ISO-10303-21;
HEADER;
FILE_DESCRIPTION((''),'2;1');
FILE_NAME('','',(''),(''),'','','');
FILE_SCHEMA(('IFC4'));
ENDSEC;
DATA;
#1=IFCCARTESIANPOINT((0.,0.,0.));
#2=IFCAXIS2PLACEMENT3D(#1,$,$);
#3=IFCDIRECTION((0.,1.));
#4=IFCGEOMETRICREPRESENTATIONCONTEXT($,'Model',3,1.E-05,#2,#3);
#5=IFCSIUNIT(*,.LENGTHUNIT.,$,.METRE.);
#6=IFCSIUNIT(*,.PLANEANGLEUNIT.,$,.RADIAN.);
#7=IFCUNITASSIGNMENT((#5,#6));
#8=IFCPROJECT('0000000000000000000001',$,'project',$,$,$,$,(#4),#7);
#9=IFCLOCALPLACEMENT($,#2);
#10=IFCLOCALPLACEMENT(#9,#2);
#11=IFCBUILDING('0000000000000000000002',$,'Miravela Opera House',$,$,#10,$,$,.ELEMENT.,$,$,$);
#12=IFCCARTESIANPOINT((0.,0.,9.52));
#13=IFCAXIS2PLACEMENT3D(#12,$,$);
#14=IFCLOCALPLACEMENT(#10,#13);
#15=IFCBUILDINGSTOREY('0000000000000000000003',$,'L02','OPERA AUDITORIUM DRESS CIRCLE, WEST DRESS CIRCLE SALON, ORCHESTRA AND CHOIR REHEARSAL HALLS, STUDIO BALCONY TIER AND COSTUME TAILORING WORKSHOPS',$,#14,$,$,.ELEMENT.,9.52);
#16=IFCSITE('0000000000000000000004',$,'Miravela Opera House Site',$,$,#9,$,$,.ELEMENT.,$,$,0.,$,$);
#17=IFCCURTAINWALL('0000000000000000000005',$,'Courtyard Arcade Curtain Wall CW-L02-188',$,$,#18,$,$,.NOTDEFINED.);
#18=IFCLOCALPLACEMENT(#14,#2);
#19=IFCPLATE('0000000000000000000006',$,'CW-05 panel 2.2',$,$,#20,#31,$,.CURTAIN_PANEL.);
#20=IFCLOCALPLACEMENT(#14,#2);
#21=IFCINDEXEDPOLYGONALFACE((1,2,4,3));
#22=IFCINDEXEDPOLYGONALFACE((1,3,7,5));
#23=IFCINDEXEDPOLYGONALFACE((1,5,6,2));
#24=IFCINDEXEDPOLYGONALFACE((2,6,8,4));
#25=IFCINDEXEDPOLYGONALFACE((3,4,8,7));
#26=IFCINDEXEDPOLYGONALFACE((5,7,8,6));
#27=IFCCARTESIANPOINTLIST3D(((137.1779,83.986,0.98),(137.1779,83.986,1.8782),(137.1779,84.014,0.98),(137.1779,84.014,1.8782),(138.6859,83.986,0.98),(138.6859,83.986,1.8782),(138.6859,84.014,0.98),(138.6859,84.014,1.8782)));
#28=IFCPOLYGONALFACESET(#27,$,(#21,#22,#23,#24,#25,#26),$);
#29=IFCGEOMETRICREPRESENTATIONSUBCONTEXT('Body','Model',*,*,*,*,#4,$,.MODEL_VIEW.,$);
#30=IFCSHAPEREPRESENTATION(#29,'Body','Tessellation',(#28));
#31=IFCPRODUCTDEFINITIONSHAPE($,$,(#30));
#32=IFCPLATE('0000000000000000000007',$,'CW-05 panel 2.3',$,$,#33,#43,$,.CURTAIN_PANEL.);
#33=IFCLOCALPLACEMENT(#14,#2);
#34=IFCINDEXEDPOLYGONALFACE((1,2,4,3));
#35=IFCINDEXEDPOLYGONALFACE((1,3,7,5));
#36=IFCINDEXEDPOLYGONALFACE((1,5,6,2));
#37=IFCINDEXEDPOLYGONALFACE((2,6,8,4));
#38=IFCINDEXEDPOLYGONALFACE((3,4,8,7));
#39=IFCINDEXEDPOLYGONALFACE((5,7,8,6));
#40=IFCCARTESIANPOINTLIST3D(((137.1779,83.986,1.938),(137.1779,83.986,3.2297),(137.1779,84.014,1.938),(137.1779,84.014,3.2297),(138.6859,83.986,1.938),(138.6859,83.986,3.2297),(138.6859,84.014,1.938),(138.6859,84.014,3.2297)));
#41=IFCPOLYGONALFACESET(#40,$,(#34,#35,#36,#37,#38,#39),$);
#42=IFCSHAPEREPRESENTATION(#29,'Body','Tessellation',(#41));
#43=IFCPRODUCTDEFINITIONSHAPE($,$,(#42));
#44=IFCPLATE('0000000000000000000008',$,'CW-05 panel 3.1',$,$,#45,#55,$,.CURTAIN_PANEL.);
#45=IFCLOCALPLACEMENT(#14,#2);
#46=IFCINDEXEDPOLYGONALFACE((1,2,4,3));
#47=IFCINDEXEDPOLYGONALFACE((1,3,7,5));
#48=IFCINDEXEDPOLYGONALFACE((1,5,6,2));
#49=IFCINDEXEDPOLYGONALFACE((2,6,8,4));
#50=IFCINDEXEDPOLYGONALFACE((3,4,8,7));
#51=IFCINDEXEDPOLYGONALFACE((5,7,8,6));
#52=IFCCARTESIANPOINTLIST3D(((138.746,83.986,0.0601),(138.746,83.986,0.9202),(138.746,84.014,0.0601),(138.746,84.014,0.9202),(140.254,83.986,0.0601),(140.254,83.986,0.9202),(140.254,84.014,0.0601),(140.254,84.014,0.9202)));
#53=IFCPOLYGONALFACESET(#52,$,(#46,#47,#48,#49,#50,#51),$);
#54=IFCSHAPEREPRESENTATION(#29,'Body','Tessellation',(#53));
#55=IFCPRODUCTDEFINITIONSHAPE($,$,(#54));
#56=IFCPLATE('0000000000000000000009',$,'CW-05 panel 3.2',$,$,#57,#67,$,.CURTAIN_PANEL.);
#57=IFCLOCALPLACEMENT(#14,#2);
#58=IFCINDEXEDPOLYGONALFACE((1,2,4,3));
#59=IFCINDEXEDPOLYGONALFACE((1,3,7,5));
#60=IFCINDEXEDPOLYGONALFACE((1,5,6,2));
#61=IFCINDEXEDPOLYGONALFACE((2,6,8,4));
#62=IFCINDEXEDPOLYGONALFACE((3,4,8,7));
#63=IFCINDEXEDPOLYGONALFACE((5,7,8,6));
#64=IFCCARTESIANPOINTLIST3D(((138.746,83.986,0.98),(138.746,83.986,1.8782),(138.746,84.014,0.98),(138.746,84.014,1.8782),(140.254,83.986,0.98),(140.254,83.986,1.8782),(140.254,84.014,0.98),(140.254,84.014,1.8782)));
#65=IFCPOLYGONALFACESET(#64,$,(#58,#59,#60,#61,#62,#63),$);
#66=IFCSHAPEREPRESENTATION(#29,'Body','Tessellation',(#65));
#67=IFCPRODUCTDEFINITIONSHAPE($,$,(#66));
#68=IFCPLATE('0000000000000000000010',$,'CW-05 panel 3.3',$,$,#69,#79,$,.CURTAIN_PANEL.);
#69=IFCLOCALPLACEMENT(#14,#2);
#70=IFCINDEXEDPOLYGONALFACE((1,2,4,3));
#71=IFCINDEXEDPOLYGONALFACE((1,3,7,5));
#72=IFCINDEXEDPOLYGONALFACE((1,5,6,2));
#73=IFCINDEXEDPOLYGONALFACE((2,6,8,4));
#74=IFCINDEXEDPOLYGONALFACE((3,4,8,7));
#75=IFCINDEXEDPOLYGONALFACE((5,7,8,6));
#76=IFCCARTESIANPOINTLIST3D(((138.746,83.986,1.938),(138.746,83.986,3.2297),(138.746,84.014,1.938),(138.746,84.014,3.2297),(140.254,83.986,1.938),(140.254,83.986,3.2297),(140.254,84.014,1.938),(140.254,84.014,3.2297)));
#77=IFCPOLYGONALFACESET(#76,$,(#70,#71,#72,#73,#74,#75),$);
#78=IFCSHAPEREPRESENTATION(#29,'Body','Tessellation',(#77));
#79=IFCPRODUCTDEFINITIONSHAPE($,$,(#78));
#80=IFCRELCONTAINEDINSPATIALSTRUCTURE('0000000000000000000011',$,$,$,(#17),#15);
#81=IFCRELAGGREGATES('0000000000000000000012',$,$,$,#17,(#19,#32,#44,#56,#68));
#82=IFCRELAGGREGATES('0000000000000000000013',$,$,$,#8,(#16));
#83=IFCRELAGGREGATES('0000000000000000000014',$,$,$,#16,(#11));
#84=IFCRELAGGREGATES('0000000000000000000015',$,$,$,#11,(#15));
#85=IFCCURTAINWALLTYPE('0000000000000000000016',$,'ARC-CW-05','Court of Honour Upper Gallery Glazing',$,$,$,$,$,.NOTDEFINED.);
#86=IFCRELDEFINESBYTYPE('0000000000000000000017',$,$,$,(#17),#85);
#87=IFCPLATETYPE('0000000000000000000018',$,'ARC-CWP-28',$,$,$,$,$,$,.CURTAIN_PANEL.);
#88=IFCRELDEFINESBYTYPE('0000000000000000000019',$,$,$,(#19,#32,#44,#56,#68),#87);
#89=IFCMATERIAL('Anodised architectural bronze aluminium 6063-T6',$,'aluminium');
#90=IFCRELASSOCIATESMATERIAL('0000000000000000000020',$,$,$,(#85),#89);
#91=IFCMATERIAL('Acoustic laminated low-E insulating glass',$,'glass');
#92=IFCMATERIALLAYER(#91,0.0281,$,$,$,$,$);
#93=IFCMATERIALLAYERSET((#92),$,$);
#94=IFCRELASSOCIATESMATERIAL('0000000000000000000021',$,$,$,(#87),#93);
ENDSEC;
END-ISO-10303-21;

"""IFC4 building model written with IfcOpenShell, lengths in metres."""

from ifc_helpers import new_model, si_unit, direction, frame, origin, origin_2d, place, context, subcontext, project, spatial, rectangle, extrude, material, layer, layer_set, type_object, element, aggregate, save


model = new_model("IFC4")

# Units and contexts
model_context = context("Model", 3, precision=1e-05, world=origin(), true_north=direction((0.0, 1.0)))
body_context = subcontext(model_context, "Body", "Model", "MODEL_VIEW")
ifc_project = project(units=[si_unit("LENGTHUNIT", "METRE"), si_unit("PLANEANGLEUNIT", "RADIAN")], contexts=[model_context])

# Site, building, storey
site_placement = place(None, origin())
site = spatial("IfcSite", under=ifc_project, at=site_placement, Name="Miravela Opera House Site", CompositionType="ELEMENT", RefElevation=0.0)
building_placement = place(site_placement, origin())
building = spatial("IfcBuilding", under=site, at=building_placement, Name="Miravela Opera House", CompositionType="ELEMENT")
storey_placement = place(building_placement, frame((0.0, 0.0, 9.52)))
storey = spatial("IfcBuildingStorey", under=building, at=storey_placement, Name="L02", Description="OPERA AUDITORIUM DRESS CIRCLE, WEST DRESS CIRCLE SALON, ORCHESTRA AND CHOIR REHEARSAL HALLS, STUDIO BALCONY TIER AND COSTUME TAILORING WORKSHOPS", CompositionType="ELEMENT", Elevation=9.52)

# Curtain wall, plates
ifc_material_1 = material(Name="Anodised architectural bronze aluminium 6063-T6", Category="aluminium")
curtain_wall_type = type_object("IfcCurtainWallType", Name="ARC-CW-05", Description="Court of Honour Upper Gallery Glazing", PredefinedType="NOTDEFINED", material=ifc_material_1)
curtain_wall_placement = place(storey_placement, origin())
curtain_wall = element("IfcCurtainWall", 1, at=curtain_wall_placement, inside=storey, type_object=curtain_wall_type, Name="Courtyard Arcade Curtain Wall CW-L02-188", PredefinedType="NOTDEFINED")
ifc_material_2 = material(Name="Acoustic laminated low-E insulating glass", Category="glass")
ifc_layer = layer(ifc_material_2, 0.0281)
ifc_layer_set = layer_set([ifc_layer])
plate_type = type_object("IfcPlateType", Name="ARC-CWP-28", PredefinedType="CURTAIN_PANEL", material=ifc_layer_set)
plate_1_placement = place(storey_placement, frame((137.9319, 84.0, 0.98), z_axis=(0.0, 0.0, 1.0), x_axis=(1.0, 0.0, 0.0)))
plate_1 = element("IfcPlate", 2, at=plate_1_placement, type_object=plate_type, Name="CW-05 panel 2.2", PredefinedType="CURTAIN_PANEL", context=body_context, shape_type="SweptSolid", body=[
    extrude(rectangle(XDim=1.5081, YDim=0.0281, at=origin_2d()), origin(), (0.0, 0.0, 1.0), 0.8982),
])
plate_2_placement = place(storey_placement, frame((137.9319, 84.0, 1.938), z_axis=(0.0, 0.0, 1.0), x_axis=(1.0, 0.0, 0.0)))
plate_2 = element("IfcPlate", 3, at=plate_2_placement, type_object=plate_type, Name="CW-05 panel 2.3", PredefinedType="CURTAIN_PANEL", context=body_context, shape_type="SweptSolid", body=[
    extrude(rectangle(XDim=1.5081, YDim=0.0281, at=origin_2d()), origin(), (0.0, 0.0, 1.0), 1.2917),
])
plate_3_placement = place(storey_placement, frame((139.5, 84.0, 0.0601), z_axis=(0.0, 0.0, 1.0), x_axis=(1.0, 0.0, 0.0)))
plate_3 = element("IfcPlate", 4, at=plate_3_placement, type_object=plate_type, Name="CW-05 panel 3.1", PredefinedType="CURTAIN_PANEL", context=body_context, shape_type="SweptSolid", body=[
    extrude(rectangle(XDim=1.5081, YDim=0.0281, at=origin_2d()), origin(), (0.0, 0.0, 1.0), 0.8601),
])
plate_4_placement = place(storey_placement, frame((139.5, 84.0, 0.98), z_axis=(0.0, 0.0, 1.0), x_axis=(1.0, 0.0, 0.0)))
plate_4 = element("IfcPlate", 5, at=plate_4_placement, type_object=plate_type, Name="CW-05 panel 3.2", PredefinedType="CURTAIN_PANEL", context=body_context, shape_type="SweptSolid", body=[
    extrude(rectangle(XDim=1.5081, YDim=0.0281, at=origin_2d()), origin(), (0.0, 0.0, 1.0), 0.8982),
])
plate_5_placement = place(storey_placement, frame((139.5, 84.0, 1.938), z_axis=(0.0, 0.0, 1.0), x_axis=(1.0, 0.0, 0.0)))
plate_5 = element("IfcPlate", 6, at=plate_5_placement, type_object=plate_type, Name="CW-05 panel 3.3", PredefinedType="CURTAIN_PANEL", context=body_context, shape_type="SweptSolid", body=[
    extrude(rectangle(XDim=1.5081, YDim=0.0281, at=origin_2d()), origin(), (0.0, 0.0, 1.0), 1.2917),
])
aggregate(curtain_wall, [plate_1, plate_2, plate_3, plate_4, plate_5])

save(model, "model.ifc")
